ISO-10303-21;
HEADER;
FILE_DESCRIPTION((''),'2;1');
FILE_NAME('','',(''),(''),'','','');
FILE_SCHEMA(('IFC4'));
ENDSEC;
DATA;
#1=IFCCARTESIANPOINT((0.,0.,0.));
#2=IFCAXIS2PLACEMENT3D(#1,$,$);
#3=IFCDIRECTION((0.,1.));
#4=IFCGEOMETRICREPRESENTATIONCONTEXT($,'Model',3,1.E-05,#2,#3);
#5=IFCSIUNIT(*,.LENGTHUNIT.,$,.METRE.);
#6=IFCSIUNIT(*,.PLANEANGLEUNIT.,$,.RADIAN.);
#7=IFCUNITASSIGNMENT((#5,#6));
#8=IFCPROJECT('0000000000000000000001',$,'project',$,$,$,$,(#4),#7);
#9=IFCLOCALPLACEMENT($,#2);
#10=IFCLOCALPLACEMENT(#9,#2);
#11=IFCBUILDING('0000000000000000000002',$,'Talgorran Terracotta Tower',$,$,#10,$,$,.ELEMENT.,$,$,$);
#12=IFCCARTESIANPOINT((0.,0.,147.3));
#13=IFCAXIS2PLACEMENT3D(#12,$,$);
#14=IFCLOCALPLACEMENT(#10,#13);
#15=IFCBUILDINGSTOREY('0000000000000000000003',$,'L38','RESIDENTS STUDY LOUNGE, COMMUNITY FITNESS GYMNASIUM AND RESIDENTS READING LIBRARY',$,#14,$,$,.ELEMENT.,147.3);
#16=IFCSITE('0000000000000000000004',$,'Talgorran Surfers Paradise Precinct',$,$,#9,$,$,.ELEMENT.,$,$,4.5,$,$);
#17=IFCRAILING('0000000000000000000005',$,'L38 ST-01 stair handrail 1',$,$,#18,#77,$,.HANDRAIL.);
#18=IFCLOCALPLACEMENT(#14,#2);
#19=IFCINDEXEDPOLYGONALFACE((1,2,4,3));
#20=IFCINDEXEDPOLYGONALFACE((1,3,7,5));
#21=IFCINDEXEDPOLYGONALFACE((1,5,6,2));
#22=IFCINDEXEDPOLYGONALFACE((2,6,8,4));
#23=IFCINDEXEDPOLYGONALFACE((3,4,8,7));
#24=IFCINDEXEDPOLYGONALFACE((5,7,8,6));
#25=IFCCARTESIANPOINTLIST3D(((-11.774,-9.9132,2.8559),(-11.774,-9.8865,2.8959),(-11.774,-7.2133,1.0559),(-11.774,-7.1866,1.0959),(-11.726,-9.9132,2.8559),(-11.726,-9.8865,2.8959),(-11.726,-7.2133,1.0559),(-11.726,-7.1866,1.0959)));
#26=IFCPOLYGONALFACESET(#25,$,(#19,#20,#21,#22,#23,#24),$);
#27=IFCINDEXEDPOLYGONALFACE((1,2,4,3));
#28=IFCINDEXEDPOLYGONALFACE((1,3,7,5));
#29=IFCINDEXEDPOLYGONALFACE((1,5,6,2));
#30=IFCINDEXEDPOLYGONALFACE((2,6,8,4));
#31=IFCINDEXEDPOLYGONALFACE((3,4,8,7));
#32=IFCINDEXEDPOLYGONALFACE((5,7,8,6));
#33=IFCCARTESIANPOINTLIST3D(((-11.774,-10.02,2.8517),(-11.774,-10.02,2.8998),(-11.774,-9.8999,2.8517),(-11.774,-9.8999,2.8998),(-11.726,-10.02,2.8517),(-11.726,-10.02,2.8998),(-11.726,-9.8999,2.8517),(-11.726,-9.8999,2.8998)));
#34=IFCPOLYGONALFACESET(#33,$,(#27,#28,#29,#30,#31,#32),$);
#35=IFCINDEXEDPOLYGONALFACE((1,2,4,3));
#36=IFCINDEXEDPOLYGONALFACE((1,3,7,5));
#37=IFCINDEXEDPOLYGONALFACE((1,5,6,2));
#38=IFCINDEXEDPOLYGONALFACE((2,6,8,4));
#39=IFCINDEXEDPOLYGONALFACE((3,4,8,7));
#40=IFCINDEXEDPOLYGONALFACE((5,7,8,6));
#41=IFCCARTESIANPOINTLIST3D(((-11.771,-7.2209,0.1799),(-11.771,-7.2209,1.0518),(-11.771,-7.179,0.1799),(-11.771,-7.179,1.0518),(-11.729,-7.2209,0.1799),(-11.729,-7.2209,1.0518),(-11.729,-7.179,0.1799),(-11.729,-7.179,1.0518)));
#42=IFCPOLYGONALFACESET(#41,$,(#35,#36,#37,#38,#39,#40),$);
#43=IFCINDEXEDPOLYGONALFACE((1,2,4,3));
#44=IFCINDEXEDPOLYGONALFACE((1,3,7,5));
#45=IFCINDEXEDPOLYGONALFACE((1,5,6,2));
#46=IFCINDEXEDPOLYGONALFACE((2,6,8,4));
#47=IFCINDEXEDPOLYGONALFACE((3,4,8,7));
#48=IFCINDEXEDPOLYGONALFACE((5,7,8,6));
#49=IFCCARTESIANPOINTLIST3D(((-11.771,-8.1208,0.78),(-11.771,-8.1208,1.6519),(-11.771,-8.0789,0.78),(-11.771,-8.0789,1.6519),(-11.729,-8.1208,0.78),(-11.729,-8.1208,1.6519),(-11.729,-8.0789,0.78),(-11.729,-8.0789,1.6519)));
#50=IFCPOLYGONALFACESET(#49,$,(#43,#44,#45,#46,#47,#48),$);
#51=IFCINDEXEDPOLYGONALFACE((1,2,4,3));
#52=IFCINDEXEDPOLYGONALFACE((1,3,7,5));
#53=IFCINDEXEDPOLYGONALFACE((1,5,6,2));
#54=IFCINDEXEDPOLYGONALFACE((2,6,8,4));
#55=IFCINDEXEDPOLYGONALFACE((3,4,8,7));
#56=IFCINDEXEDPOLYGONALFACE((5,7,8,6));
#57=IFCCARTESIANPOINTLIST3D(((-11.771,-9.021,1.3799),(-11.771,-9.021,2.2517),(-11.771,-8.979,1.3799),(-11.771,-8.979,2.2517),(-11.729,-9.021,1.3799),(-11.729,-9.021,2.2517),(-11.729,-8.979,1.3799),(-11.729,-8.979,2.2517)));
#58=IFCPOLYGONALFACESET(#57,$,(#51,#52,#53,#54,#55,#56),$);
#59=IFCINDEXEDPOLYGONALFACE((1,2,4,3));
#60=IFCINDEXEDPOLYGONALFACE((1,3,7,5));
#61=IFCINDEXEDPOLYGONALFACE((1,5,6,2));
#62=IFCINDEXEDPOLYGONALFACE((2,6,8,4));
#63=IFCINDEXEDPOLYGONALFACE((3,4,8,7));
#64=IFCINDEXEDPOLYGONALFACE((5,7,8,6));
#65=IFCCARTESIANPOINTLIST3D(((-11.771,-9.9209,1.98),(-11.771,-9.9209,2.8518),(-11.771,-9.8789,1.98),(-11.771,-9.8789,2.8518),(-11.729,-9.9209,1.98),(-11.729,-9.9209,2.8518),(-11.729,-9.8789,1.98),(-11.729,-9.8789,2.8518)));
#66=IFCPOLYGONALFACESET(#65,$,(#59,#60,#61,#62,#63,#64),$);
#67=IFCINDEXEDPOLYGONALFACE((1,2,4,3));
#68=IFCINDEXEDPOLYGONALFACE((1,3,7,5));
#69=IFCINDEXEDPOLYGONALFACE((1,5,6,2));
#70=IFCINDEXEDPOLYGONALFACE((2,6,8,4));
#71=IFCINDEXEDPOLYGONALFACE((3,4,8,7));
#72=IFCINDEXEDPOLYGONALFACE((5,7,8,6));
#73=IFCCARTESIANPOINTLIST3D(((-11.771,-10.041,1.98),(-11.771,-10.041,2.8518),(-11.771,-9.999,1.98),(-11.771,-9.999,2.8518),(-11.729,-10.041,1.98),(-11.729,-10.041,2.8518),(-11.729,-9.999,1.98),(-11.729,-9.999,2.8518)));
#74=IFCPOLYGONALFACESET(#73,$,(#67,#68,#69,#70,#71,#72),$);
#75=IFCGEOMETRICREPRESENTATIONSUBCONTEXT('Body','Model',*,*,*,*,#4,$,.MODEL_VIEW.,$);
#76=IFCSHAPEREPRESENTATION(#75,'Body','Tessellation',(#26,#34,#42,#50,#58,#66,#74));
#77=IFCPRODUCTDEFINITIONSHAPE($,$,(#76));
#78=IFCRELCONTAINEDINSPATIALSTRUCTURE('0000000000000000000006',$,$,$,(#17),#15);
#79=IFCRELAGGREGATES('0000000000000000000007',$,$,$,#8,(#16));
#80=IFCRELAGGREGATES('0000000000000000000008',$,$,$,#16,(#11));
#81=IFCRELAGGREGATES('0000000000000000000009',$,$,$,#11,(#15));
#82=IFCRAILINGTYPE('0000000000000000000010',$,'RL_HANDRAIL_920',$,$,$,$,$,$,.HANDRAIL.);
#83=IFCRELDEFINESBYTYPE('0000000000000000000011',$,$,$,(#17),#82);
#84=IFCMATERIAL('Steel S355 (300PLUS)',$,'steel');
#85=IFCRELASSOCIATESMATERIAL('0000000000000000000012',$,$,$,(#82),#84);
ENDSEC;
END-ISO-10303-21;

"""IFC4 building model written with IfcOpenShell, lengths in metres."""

from ifc_helpers import new_model, si_unit, direction, frame, origin, origin_2d, place, context, subcontext, project, spatial, rectangle, extrude, material, type_object, element, save


model = new_model("IFC4")

# Units and contexts
model_context = context("Model", 3, precision=1e-05, world=origin(), true_north=direction((0.0, 1.0)))
body_context = subcontext(model_context, "Body", "Model", "MODEL_VIEW")
ifc_project = project(units=[si_unit("LENGTHUNIT", "METRE"), si_unit("PLANEANGLEUNIT", "RADIAN")], contexts=[model_context])

# Site, building, storey
site_placement = place(None, origin())
site = spatial("IfcSite", under=ifc_project, at=site_placement, Name="Talgorran Surfers Paradise Precinct", CompositionType="ELEMENT", RefElevation=4.5)
building_placement = place(site_placement, origin())
building = spatial("IfcBuilding", under=site, at=building_placement, Name="Talgorran Terracotta Tower", CompositionType="ELEMENT")
storey_placement = place(building_placement, frame((0.0, 0.0, 147.3)))
storey = spatial("IfcBuildingStorey", under=building, at=storey_placement, Name="L38", Description="RESIDENTS STUDY LOUNGE, COMMUNITY FITNESS GYMNASIUM AND RESIDENTS READING LIBRARY", CompositionType="ELEMENT", Elevation=147.3)

# Railing
ifc_material_1 = material(Name="Steel S355 (300PLUS)", Category="steel")
railing_type = type_object("IfcRailingType", Name="RL_HANDRAIL_920", PredefinedType="HANDRAIL", material=ifc_material_1)
railing_placement = place(storey_placement, frame((-11.75, -7.2, 0.1799)))
element("IfcRailing", 1, at=railing_placement, inside=storey, type_object=railing_type, Name="L38 ST-01 stair handrail 1", PredefinedType="HANDRAIL", context=body_context, shape_type="SweptSolid", body=[
    extrude(rectangle(XDim=0.0481, YDim=0.0481, at=origin_2d()), frame((0.0, 0.0, 0.896), z_axis=(0.0, -0.832039, 0.554718), x_axis=(1.0, 0.0, 0.0)), (0.0, 0.0, 1.0), 3.2449),
    extrude(rectangle(XDim=0.0481, YDim=0.0481, at=origin_2d()), frame((0.0, -2.7, 2.6958), z_axis=(0.0, -1.0, 0.0), x_axis=(1.0, 0.0, 0.0)), (0.0, 0.0, 1.0), 0.1201),
    extrude(rectangle(XDim=0.042, YDim=0.042, at=origin_2d()), origin(), (0.0, 0.0, 1.0), 0.8718),
    extrude(rectangle(XDim=0.042, YDim=0.042, at=origin_2d()), frame((0.0, -0.8999, 0.6001)), (0.0, 0.0, 1.0), 0.8718),
    extrude(rectangle(XDim=0.042, YDim=0.042, at=origin_2d()), frame((0.0, -1.8, 1.2)), (0.0, 0.0, 1.0), 0.8718),
    extrude(rectangle(XDim=0.042, YDim=0.042, at=origin_2d()), frame((0.0, -2.7, 1.8)), (0.0, 0.0, 1.0), 0.8718),
    extrude(rectangle(XDim=0.042, YDim=0.042, at=origin_2d()), frame((0.0, -2.8201, 1.8)), (0.0, 0.0, 1.0), 0.8718),
])

save(model, "model.ifc")
